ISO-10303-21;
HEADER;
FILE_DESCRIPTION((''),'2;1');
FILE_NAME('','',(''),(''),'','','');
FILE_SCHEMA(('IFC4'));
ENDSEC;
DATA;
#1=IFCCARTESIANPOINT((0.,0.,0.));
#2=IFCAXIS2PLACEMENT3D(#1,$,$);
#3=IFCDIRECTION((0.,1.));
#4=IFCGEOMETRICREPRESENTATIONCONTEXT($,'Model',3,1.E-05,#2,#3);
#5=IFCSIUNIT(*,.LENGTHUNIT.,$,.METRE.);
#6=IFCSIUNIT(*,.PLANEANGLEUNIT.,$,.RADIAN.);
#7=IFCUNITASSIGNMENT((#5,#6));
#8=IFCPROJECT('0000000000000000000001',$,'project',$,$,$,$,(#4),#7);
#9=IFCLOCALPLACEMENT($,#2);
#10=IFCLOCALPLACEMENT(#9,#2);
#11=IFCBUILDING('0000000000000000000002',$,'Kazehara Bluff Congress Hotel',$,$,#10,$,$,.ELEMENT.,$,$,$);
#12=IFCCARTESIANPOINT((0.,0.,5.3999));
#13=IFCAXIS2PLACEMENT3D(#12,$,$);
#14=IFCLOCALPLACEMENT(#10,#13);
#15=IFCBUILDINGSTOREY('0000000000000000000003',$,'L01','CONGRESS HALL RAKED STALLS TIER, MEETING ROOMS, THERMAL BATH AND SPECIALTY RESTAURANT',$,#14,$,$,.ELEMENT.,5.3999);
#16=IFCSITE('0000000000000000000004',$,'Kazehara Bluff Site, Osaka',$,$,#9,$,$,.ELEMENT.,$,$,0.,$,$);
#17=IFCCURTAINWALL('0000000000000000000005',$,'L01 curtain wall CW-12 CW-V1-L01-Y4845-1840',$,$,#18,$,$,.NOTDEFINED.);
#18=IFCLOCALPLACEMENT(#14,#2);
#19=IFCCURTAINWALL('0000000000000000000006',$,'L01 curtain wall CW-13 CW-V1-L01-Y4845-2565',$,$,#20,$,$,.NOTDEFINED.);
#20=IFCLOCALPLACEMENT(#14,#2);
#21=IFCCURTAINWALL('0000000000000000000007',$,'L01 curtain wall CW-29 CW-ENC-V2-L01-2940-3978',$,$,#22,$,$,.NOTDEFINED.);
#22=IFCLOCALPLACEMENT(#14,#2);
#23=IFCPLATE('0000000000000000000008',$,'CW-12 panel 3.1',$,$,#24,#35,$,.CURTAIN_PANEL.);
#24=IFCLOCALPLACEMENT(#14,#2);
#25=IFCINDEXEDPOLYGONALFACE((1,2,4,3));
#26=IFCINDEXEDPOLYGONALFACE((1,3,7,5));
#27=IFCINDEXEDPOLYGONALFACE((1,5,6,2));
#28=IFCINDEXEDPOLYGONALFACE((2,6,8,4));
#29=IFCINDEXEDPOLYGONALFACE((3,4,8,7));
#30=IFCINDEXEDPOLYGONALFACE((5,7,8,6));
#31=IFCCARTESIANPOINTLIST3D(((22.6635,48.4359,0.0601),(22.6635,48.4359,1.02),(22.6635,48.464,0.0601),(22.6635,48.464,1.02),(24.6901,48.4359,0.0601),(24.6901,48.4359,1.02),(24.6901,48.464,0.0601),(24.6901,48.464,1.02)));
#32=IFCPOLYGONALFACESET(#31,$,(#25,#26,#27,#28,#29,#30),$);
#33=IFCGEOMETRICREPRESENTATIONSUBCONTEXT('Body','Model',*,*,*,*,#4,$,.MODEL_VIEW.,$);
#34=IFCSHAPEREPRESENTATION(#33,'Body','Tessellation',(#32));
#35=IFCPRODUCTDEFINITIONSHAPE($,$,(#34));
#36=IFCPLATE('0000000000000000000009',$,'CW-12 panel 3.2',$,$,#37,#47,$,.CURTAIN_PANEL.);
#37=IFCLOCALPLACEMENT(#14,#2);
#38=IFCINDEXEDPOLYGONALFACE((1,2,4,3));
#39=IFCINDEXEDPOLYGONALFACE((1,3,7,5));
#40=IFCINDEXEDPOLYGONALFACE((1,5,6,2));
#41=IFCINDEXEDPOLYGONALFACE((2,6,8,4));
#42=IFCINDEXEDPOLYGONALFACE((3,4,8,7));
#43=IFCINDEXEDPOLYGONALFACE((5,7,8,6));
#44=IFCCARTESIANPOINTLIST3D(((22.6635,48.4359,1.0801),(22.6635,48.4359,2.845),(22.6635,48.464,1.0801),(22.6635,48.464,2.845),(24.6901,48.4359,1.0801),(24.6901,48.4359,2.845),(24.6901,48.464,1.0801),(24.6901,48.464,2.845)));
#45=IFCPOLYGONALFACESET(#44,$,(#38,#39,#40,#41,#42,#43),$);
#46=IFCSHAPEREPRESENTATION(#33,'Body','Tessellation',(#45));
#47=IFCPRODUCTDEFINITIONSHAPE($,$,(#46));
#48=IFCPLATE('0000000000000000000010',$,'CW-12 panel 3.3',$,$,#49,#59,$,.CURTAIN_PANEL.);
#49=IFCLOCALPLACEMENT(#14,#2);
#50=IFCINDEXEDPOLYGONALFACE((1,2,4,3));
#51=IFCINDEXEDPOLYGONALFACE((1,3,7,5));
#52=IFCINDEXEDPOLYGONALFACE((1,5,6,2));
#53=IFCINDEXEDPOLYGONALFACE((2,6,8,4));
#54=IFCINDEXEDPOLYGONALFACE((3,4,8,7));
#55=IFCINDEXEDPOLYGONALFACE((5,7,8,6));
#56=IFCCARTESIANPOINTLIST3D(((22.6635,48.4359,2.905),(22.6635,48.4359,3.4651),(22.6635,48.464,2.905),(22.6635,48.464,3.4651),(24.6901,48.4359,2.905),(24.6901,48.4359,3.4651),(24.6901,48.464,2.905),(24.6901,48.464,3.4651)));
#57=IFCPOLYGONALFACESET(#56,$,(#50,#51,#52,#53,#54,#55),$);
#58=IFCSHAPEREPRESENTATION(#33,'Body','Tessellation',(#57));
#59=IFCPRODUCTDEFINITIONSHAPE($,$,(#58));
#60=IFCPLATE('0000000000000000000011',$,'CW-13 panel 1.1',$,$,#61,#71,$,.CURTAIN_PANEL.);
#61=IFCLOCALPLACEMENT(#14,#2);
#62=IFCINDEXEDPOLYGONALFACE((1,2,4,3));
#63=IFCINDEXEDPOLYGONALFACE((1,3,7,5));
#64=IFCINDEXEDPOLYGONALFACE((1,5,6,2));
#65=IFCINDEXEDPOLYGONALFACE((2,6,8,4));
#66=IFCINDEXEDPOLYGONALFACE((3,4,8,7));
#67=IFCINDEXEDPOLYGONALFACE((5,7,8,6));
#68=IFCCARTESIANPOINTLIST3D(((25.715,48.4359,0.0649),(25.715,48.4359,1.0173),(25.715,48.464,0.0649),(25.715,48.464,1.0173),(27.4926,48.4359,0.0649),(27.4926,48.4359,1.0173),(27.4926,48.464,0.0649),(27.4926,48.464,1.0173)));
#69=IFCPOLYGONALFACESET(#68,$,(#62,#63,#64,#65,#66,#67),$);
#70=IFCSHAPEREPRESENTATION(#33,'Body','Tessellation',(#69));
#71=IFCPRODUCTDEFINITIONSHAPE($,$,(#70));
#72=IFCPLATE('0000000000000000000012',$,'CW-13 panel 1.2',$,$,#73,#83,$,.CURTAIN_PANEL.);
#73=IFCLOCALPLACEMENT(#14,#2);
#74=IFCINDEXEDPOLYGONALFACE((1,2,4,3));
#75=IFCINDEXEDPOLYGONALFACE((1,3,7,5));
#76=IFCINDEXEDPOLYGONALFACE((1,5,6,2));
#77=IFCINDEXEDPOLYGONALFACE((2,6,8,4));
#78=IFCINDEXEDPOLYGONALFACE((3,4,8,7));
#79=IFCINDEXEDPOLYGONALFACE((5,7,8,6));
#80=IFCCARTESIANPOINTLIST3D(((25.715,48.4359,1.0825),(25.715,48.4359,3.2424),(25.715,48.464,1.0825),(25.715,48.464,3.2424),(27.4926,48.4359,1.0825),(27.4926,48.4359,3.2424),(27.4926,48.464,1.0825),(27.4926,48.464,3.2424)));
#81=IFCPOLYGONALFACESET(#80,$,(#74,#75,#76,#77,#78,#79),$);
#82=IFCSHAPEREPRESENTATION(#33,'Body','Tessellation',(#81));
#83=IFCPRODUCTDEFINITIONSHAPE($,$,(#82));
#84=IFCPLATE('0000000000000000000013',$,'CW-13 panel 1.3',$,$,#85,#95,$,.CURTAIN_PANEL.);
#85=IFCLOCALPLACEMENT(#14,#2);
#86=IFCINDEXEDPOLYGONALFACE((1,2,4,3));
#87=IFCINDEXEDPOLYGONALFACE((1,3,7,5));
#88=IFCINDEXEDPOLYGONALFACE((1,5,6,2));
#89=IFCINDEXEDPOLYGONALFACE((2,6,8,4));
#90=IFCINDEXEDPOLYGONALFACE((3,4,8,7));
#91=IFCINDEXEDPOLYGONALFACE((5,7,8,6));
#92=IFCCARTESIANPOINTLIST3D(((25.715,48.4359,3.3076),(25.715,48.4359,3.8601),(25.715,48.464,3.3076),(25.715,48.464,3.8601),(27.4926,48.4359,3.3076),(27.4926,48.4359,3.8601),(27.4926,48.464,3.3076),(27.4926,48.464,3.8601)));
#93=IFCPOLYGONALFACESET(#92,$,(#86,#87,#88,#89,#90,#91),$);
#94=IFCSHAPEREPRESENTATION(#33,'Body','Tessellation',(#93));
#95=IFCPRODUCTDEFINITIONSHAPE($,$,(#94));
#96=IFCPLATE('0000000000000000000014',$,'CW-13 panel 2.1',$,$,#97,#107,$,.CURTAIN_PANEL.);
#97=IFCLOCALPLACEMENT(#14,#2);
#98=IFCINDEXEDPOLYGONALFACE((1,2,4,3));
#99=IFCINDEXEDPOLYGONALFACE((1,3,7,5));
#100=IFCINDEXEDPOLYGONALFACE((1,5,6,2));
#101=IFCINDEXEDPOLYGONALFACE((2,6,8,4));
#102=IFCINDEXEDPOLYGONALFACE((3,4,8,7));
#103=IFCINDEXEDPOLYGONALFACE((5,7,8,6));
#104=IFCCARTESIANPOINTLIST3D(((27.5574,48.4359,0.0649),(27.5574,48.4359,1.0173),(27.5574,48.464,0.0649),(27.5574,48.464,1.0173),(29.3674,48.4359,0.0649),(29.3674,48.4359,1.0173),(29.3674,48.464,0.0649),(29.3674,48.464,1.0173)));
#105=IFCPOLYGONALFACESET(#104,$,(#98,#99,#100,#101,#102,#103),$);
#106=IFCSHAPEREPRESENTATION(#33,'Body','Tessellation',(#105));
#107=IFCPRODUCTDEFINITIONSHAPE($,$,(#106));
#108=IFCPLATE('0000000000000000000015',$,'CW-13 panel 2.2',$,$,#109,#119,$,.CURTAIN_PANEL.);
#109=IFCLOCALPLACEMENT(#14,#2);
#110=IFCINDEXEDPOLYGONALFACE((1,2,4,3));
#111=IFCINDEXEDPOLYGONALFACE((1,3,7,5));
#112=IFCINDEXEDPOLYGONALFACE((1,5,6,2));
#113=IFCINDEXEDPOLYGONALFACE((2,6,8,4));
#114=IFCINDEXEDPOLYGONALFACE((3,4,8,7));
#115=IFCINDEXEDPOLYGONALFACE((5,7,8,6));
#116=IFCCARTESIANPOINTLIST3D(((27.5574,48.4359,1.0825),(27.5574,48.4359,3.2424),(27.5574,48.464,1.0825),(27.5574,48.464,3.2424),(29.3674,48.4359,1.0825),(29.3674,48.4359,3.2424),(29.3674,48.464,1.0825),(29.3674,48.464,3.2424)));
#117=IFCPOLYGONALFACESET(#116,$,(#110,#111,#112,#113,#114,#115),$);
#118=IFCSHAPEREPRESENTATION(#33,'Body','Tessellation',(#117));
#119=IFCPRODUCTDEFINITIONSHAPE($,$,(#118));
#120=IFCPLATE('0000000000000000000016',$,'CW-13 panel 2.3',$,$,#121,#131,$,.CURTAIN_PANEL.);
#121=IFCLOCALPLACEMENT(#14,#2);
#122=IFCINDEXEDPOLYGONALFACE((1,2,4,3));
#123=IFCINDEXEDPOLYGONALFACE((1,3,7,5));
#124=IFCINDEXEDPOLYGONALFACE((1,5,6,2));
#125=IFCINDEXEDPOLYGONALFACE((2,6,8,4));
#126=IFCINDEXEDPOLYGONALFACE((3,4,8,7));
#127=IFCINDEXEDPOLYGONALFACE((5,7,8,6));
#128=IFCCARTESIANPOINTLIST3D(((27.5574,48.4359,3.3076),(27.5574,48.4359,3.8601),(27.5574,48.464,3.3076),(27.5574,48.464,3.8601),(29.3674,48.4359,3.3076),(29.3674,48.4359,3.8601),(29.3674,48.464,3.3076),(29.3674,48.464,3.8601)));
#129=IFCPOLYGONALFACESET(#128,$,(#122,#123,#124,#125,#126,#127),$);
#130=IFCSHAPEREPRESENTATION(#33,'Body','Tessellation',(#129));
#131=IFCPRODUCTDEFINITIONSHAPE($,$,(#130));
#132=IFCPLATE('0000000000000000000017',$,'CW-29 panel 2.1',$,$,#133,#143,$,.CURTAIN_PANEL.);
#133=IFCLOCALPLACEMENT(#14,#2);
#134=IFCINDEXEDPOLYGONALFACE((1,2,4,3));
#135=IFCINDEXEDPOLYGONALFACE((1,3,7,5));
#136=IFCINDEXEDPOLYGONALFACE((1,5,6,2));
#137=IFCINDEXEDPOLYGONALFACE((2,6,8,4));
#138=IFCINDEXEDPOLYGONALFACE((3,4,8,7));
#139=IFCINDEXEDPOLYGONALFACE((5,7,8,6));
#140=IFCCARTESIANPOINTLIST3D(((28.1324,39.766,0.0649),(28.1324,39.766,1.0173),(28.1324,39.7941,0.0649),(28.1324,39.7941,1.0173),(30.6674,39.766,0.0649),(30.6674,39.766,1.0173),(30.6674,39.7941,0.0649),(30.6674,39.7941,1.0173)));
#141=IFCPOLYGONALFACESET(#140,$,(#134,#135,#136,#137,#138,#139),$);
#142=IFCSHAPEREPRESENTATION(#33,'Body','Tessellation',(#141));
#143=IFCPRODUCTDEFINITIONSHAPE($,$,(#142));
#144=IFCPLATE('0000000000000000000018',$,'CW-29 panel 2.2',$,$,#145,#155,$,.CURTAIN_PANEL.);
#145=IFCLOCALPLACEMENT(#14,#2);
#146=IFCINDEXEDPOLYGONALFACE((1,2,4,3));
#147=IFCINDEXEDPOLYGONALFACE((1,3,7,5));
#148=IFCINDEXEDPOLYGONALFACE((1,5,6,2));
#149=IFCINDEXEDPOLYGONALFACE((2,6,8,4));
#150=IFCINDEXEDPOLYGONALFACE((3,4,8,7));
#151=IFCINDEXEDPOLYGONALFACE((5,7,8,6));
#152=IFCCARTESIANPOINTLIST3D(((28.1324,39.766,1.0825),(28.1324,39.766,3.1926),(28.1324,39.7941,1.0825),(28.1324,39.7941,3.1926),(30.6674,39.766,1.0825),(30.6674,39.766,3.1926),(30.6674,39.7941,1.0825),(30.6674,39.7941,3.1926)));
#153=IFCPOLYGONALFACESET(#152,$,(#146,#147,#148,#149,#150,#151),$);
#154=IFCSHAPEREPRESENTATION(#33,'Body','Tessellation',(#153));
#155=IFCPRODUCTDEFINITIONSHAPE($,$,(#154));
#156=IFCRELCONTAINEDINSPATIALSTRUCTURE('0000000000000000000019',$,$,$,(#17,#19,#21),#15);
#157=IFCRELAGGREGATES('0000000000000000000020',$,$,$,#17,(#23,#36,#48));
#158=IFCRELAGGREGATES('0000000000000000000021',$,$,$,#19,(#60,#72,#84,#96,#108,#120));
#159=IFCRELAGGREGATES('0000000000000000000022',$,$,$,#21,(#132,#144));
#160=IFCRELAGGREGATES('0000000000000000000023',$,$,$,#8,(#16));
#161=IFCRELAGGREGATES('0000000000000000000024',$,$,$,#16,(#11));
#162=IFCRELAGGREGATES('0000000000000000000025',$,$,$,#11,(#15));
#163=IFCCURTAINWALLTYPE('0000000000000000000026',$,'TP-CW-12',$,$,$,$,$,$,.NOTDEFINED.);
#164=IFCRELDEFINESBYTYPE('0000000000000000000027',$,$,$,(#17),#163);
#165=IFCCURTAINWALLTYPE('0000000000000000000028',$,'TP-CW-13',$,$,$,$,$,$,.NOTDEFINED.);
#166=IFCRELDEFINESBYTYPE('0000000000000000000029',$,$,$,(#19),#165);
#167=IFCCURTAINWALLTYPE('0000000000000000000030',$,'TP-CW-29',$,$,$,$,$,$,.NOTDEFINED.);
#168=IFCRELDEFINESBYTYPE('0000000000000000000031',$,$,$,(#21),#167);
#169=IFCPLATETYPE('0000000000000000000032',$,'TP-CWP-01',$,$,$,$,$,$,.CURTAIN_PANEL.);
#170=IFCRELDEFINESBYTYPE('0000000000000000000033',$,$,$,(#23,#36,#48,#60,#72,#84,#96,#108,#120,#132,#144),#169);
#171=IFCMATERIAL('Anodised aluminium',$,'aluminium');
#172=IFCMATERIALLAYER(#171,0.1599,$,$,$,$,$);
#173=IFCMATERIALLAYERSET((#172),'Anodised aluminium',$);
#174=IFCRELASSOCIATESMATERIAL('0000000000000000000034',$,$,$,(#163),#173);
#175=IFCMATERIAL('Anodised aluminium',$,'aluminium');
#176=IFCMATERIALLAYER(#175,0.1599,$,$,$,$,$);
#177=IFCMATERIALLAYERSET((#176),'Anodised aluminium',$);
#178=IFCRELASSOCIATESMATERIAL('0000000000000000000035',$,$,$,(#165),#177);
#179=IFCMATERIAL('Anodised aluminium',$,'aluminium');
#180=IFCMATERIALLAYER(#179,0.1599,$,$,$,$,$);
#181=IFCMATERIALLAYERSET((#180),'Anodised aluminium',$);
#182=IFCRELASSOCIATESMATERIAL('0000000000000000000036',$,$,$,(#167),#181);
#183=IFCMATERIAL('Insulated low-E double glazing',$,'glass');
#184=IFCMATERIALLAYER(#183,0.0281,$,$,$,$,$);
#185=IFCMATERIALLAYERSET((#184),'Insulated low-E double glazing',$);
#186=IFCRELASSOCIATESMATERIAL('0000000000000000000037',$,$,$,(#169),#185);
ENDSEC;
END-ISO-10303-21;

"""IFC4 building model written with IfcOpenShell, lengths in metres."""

from ifc_helpers import new_model, si_unit, direction, frame, origin, origin_2d, place, context, subcontext, project, spatial, rectangle, extrude, material, layer, layer_set, type_object, element, aggregate, save


model = new_model("IFC4")

# Units and contexts
model_context = context("Model", 3, precision=1e-05, world=origin(), true_north=direction((0.0, 1.0)))
body_context = subcontext(model_context, "Body", "Model", "MODEL_VIEW")
ifc_project = project(units=[si_unit("LENGTHUNIT", "METRE"), si_unit("PLANEANGLEUNIT", "RADIAN")], contexts=[model_context])

# Site, building, storey
site_placement = place(None, origin())
site = spatial("IfcSite", under=ifc_project, at=site_placement, Name="Kazehara Bluff Site, Osaka", CompositionType="ELEMENT", RefElevation=0.0)
building_placement = place(site_placement, origin())
building = spatial("IfcBuilding", under=site, at=building_placement, Name="Kazehara Bluff Congress Hotel", CompositionType="ELEMENT")
storey_placement = place(building_placement, frame((0.0, 0.0, 5.3999)))
storey = spatial("IfcBuildingStorey", under=building, at=storey_placement, Name="L01", Description="CONGRESS HALL RAKED STALLS TIER, MEETING ROOMS, THERMAL BATH AND SPECIALTY RESTAURANT", CompositionType="ELEMENT", Elevation=5.3999)

# Curtain walls
ifc_material_1 = material(Name="Anodised aluminium", Category="aluminium")
ifc_layer_1 = layer(ifc_material_1, 0.1599)
ifc_layer_set_1 = layer_set([ifc_layer_1], Name="Anodised aluminium")
curtain_wall_type_1 = type_object("IfcCurtainWallType", Name="TP-CW-12", PredefinedType="NOTDEFINED", material=ifc_layer_set_1)
curtain_wall_1_placement = place(storey_placement, origin())
curtain_wall_1 = element("IfcCurtainWall", 1, at=curtain_wall_1_placement, inside=storey, type_object=curtain_wall_type_1, Name="L01 curtain wall CW-12 CW-V1-L01-Y4845-1840", PredefinedType="NOTDEFINED")
ifc_material_2 = material(Name="Anodised aluminium", Category="aluminium")
ifc_layer_2 = layer(ifc_material_2, 0.1599)
ifc_layer_set_2 = layer_set([ifc_layer_2], Name="Anodised aluminium")
curtain_wall_type_2 = type_object("IfcCurtainWallType", Name="TP-CW-13", PredefinedType="NOTDEFINED", material=ifc_layer_set_2)
curtain_wall_2_placement = place(storey_placement, origin())
curtain_wall_2 = element("IfcCurtainWall", 2, at=curtain_wall_2_placement, inside=storey, type_object=curtain_wall_type_2, Name="L01 curtain wall CW-13 CW-V1-L01-Y4845-2565", PredefinedType="NOTDEFINED")

# Curtain wall
ifc_material_3 = material(Name="Anodised aluminium", Category="aluminium")
ifc_layer_3 = layer(ifc_material_3, 0.1599)
ifc_layer_set_3 = layer_set([ifc_layer_3], Name="Anodised aluminium")
curtain_wall_type_3 = type_object("IfcCurtainWallType", Name="TP-CW-29", PredefinedType="NOTDEFINED", material=ifc_layer_set_3)
curtain_wall_3_placement = place(storey_placement, origin())
curtain_wall_3 = element("IfcCurtainWall", 3, at=curtain_wall_3_placement, inside=storey, type_object=curtain_wall_type_3, Name="L01 curtain wall CW-29 CW-ENC-V2-L01-2940-3978", PredefinedType="NOTDEFINED")

# Plates
ifc_material_4 = material(Name="Insulated low-E double glazing", Category="glass")
ifc_layer_4 = layer(ifc_material_4, 0.0281)
ifc_layer_set_4 = layer_set([ifc_layer_4], Name="Insulated low-E double glazing")
plate_type = type_object("IfcPlateType", Name="TP-CWP-01", PredefinedType="CURTAIN_PANEL", material=ifc_layer_set_4)
plate_1_placement = place(storey_placement, frame((23.6768, 48.45, 0.0601), z_axis=(0.0, 0.0, 1.0), x_axis=(1.0, 0.0, 0.0)))
plate_1 = element("IfcPlate", 4, at=plate_1_placement, type_object=plate_type, Name="CW-12 panel 3.1", PredefinedType="CURTAIN_PANEL", context=body_context, shape_type="SweptSolid", body=[
    extrude(rectangle(XDim=2.0266, YDim=0.0281, at=origin_2d()), origin(), (0.0, 0.0, 1.0), 0.96),
])
plate_2_placement = place(storey_placement, frame((23.6768, 48.45, 1.0801), z_axis=(0.0, 0.0, 1.0), x_axis=(1.0, 0.0, 0.0)))
plate_2 = element("IfcPlate", 5, at=plate_2_placement, type_object=plate_type, Name="CW-12 panel 3.2", PredefinedType="CURTAIN_PANEL", context=body_context, shape_type="SweptSolid", body=[
    extrude(rectangle(XDim=2.0266, YDim=0.0281, at=origin_2d()), origin(), (0.0, 0.0, 1.0), 1.7649),
])
plate_3_placement = place(storey_placement, frame((23.6768, 48.45, 2.905), z_axis=(0.0, 0.0, 1.0), x_axis=(1.0, 0.0, 0.0)))
plate_3 = element("IfcPlate", 6, at=plate_3_placement, type_object=plate_type, Name="CW-12 panel 3.3", PredefinedType="CURTAIN_PANEL", context=body_context, shape_type="SweptSolid", body=[
    extrude(rectangle(XDim=2.0266, YDim=0.0281, at=origin_2d()), origin(), (0.0, 0.0, 1.0), 0.5601),
])
aggregate(curtain_wall_1, [plate_1, plate_2, plate_3])
plate_4_placement = place(storey_placement, frame((26.6038, 48.45, 0.0649), z_axis=(0.0, 0.0, 1.0), x_axis=(1.0, 0.0, 0.0)))
plate_4 = element("IfcPlate", 7, at=plate_4_placement, type_object=plate_type, Name="CW-13 panel 1.1", PredefinedType="CURTAIN_PANEL", context=body_context, shape_type="SweptSolid", body=[
    extrude(rectangle(XDim=1.7776, YDim=0.0281, at=origin_2d()), origin(), (0.0, 0.0, 1.0), 0.9524),
])
plate_5_placement = place(storey_placement, frame((26.6038, 48.45, 1.0825), z_axis=(0.0, 0.0, 1.0), x_axis=(1.0, 0.0, 0.0)))
plate_5 = element("IfcPlate", 8, at=plate_5_placement, type_object=plate_type, Name="CW-13 panel 1.2", PredefinedType="CURTAIN_PANEL", context=body_context, shape_type="SweptSolid", body=[
    extrude(rectangle(XDim=1.7776, YDim=0.0281, at=origin_2d()), origin(), (0.0, 0.0, 1.0), 2.1599),
])
plate_6_placement = place(storey_placement, frame((26.6038, 48.45, 3.3076), z_axis=(0.0, 0.0, 1.0), x_axis=(1.0, 0.0, 0.0)))
plate_6 = element("IfcPlate", 9, at=plate_6_placement, type_object=plate_type, Name="CW-13 panel 1.3", PredefinedType="CURTAIN_PANEL", context=body_context, shape_type="SweptSolid", body=[
    extrude(rectangle(XDim=1.7776, YDim=0.0281, at=origin_2d()), origin(), (0.0, 0.0, 1.0), 0.5525),
])
plate_7_placement = place(storey_placement, frame((28.4624, 48.45, 0.0649), z_axis=(0.0, 0.0, 1.0), x_axis=(1.0, 0.0, 0.0)))
plate_7 = element("IfcPlate", 10, at=plate_7_placement, type_object=plate_type, Name="CW-13 panel 2.1", PredefinedType="CURTAIN_PANEL", context=body_context, shape_type="SweptSolid", body=[
    extrude(rectangle(XDim=1.8101, YDim=0.0281, at=origin_2d()), origin(), (0.0, 0.0, 1.0), 0.9524),
])
plate_8_placement = place(storey_placement, frame((28.4624, 48.45, 1.0825), z_axis=(0.0, 0.0, 1.0), x_axis=(1.0, 0.0, 0.0)))
plate_8 = element("IfcPlate", 11, at=plate_8_placement, type_object=plate_type, Name="CW-13 panel 2.2", PredefinedType="CURTAIN_PANEL", context=body_context, shape_type="SweptSolid", body=[
    extrude(rectangle(XDim=1.8101, YDim=0.0281, at=origin_2d()), origin(), (0.0, 0.0, 1.0), 2.1599),
])
plate_9_placement = place(storey_placement, frame((28.4624, 48.45, 3.3076), z_axis=(0.0, 0.0, 1.0), x_axis=(1.0, 0.0, 0.0)))
plate_9 = element("IfcPlate", 12, at=plate_9_placement, type_object=plate_type, Name="CW-13 panel 2.3", PredefinedType="CURTAIN_PANEL", context=body_context, shape_type="SweptSolid", body=[
    extrude(rectangle(XDim=1.8101, YDim=0.0281, at=origin_2d()), origin(), (0.0, 0.0, 1.0), 0.5525),
])
aggregate(curtain_wall_2, [plate_4, plate_5, plate_6, plate_7, plate_8, plate_9])
plate_10_placement = place(storey_placement, frame((29.3999, 39.78, 0.0649), z_axis=(0.0, 0.0, 1.0), x_axis=(1.0, 0.0, 0.0)))
plate_10 = element("IfcPlate", 13, at=plate_10_placement, type_object=plate_type, Name="CW-29 panel 2.1", PredefinedType="CURTAIN_PANEL", context=body_context, shape_type="SweptSolid", body=[
    extrude(rectangle(XDim=2.5349, YDim=0.0281, at=origin_2d()), origin(), (0.0, 0.0, 1.0), 0.9524),
])
plate_11_placement = place(storey_placement, frame((29.3999, 39.78, 1.0825), z_axis=(0.0, 0.0, 1.0), x_axis=(1.0, 0.0, 0.0)))
plate_11 = element("IfcPlate", 14, at=plate_11_placement, type_object=plate_type, Name="CW-29 panel 2.2", PredefinedType="CURTAIN_PANEL", context=body_context, shape_type="SweptSolid", body=[
    extrude(rectangle(XDim=2.5349, YDim=0.0281, at=origin_2d()), origin(), (0.0, 0.0, 1.0), 2.1101),
])
aggregate(curtain_wall_3, [plate_10, plate_11])

save(model, "model.ifc")
